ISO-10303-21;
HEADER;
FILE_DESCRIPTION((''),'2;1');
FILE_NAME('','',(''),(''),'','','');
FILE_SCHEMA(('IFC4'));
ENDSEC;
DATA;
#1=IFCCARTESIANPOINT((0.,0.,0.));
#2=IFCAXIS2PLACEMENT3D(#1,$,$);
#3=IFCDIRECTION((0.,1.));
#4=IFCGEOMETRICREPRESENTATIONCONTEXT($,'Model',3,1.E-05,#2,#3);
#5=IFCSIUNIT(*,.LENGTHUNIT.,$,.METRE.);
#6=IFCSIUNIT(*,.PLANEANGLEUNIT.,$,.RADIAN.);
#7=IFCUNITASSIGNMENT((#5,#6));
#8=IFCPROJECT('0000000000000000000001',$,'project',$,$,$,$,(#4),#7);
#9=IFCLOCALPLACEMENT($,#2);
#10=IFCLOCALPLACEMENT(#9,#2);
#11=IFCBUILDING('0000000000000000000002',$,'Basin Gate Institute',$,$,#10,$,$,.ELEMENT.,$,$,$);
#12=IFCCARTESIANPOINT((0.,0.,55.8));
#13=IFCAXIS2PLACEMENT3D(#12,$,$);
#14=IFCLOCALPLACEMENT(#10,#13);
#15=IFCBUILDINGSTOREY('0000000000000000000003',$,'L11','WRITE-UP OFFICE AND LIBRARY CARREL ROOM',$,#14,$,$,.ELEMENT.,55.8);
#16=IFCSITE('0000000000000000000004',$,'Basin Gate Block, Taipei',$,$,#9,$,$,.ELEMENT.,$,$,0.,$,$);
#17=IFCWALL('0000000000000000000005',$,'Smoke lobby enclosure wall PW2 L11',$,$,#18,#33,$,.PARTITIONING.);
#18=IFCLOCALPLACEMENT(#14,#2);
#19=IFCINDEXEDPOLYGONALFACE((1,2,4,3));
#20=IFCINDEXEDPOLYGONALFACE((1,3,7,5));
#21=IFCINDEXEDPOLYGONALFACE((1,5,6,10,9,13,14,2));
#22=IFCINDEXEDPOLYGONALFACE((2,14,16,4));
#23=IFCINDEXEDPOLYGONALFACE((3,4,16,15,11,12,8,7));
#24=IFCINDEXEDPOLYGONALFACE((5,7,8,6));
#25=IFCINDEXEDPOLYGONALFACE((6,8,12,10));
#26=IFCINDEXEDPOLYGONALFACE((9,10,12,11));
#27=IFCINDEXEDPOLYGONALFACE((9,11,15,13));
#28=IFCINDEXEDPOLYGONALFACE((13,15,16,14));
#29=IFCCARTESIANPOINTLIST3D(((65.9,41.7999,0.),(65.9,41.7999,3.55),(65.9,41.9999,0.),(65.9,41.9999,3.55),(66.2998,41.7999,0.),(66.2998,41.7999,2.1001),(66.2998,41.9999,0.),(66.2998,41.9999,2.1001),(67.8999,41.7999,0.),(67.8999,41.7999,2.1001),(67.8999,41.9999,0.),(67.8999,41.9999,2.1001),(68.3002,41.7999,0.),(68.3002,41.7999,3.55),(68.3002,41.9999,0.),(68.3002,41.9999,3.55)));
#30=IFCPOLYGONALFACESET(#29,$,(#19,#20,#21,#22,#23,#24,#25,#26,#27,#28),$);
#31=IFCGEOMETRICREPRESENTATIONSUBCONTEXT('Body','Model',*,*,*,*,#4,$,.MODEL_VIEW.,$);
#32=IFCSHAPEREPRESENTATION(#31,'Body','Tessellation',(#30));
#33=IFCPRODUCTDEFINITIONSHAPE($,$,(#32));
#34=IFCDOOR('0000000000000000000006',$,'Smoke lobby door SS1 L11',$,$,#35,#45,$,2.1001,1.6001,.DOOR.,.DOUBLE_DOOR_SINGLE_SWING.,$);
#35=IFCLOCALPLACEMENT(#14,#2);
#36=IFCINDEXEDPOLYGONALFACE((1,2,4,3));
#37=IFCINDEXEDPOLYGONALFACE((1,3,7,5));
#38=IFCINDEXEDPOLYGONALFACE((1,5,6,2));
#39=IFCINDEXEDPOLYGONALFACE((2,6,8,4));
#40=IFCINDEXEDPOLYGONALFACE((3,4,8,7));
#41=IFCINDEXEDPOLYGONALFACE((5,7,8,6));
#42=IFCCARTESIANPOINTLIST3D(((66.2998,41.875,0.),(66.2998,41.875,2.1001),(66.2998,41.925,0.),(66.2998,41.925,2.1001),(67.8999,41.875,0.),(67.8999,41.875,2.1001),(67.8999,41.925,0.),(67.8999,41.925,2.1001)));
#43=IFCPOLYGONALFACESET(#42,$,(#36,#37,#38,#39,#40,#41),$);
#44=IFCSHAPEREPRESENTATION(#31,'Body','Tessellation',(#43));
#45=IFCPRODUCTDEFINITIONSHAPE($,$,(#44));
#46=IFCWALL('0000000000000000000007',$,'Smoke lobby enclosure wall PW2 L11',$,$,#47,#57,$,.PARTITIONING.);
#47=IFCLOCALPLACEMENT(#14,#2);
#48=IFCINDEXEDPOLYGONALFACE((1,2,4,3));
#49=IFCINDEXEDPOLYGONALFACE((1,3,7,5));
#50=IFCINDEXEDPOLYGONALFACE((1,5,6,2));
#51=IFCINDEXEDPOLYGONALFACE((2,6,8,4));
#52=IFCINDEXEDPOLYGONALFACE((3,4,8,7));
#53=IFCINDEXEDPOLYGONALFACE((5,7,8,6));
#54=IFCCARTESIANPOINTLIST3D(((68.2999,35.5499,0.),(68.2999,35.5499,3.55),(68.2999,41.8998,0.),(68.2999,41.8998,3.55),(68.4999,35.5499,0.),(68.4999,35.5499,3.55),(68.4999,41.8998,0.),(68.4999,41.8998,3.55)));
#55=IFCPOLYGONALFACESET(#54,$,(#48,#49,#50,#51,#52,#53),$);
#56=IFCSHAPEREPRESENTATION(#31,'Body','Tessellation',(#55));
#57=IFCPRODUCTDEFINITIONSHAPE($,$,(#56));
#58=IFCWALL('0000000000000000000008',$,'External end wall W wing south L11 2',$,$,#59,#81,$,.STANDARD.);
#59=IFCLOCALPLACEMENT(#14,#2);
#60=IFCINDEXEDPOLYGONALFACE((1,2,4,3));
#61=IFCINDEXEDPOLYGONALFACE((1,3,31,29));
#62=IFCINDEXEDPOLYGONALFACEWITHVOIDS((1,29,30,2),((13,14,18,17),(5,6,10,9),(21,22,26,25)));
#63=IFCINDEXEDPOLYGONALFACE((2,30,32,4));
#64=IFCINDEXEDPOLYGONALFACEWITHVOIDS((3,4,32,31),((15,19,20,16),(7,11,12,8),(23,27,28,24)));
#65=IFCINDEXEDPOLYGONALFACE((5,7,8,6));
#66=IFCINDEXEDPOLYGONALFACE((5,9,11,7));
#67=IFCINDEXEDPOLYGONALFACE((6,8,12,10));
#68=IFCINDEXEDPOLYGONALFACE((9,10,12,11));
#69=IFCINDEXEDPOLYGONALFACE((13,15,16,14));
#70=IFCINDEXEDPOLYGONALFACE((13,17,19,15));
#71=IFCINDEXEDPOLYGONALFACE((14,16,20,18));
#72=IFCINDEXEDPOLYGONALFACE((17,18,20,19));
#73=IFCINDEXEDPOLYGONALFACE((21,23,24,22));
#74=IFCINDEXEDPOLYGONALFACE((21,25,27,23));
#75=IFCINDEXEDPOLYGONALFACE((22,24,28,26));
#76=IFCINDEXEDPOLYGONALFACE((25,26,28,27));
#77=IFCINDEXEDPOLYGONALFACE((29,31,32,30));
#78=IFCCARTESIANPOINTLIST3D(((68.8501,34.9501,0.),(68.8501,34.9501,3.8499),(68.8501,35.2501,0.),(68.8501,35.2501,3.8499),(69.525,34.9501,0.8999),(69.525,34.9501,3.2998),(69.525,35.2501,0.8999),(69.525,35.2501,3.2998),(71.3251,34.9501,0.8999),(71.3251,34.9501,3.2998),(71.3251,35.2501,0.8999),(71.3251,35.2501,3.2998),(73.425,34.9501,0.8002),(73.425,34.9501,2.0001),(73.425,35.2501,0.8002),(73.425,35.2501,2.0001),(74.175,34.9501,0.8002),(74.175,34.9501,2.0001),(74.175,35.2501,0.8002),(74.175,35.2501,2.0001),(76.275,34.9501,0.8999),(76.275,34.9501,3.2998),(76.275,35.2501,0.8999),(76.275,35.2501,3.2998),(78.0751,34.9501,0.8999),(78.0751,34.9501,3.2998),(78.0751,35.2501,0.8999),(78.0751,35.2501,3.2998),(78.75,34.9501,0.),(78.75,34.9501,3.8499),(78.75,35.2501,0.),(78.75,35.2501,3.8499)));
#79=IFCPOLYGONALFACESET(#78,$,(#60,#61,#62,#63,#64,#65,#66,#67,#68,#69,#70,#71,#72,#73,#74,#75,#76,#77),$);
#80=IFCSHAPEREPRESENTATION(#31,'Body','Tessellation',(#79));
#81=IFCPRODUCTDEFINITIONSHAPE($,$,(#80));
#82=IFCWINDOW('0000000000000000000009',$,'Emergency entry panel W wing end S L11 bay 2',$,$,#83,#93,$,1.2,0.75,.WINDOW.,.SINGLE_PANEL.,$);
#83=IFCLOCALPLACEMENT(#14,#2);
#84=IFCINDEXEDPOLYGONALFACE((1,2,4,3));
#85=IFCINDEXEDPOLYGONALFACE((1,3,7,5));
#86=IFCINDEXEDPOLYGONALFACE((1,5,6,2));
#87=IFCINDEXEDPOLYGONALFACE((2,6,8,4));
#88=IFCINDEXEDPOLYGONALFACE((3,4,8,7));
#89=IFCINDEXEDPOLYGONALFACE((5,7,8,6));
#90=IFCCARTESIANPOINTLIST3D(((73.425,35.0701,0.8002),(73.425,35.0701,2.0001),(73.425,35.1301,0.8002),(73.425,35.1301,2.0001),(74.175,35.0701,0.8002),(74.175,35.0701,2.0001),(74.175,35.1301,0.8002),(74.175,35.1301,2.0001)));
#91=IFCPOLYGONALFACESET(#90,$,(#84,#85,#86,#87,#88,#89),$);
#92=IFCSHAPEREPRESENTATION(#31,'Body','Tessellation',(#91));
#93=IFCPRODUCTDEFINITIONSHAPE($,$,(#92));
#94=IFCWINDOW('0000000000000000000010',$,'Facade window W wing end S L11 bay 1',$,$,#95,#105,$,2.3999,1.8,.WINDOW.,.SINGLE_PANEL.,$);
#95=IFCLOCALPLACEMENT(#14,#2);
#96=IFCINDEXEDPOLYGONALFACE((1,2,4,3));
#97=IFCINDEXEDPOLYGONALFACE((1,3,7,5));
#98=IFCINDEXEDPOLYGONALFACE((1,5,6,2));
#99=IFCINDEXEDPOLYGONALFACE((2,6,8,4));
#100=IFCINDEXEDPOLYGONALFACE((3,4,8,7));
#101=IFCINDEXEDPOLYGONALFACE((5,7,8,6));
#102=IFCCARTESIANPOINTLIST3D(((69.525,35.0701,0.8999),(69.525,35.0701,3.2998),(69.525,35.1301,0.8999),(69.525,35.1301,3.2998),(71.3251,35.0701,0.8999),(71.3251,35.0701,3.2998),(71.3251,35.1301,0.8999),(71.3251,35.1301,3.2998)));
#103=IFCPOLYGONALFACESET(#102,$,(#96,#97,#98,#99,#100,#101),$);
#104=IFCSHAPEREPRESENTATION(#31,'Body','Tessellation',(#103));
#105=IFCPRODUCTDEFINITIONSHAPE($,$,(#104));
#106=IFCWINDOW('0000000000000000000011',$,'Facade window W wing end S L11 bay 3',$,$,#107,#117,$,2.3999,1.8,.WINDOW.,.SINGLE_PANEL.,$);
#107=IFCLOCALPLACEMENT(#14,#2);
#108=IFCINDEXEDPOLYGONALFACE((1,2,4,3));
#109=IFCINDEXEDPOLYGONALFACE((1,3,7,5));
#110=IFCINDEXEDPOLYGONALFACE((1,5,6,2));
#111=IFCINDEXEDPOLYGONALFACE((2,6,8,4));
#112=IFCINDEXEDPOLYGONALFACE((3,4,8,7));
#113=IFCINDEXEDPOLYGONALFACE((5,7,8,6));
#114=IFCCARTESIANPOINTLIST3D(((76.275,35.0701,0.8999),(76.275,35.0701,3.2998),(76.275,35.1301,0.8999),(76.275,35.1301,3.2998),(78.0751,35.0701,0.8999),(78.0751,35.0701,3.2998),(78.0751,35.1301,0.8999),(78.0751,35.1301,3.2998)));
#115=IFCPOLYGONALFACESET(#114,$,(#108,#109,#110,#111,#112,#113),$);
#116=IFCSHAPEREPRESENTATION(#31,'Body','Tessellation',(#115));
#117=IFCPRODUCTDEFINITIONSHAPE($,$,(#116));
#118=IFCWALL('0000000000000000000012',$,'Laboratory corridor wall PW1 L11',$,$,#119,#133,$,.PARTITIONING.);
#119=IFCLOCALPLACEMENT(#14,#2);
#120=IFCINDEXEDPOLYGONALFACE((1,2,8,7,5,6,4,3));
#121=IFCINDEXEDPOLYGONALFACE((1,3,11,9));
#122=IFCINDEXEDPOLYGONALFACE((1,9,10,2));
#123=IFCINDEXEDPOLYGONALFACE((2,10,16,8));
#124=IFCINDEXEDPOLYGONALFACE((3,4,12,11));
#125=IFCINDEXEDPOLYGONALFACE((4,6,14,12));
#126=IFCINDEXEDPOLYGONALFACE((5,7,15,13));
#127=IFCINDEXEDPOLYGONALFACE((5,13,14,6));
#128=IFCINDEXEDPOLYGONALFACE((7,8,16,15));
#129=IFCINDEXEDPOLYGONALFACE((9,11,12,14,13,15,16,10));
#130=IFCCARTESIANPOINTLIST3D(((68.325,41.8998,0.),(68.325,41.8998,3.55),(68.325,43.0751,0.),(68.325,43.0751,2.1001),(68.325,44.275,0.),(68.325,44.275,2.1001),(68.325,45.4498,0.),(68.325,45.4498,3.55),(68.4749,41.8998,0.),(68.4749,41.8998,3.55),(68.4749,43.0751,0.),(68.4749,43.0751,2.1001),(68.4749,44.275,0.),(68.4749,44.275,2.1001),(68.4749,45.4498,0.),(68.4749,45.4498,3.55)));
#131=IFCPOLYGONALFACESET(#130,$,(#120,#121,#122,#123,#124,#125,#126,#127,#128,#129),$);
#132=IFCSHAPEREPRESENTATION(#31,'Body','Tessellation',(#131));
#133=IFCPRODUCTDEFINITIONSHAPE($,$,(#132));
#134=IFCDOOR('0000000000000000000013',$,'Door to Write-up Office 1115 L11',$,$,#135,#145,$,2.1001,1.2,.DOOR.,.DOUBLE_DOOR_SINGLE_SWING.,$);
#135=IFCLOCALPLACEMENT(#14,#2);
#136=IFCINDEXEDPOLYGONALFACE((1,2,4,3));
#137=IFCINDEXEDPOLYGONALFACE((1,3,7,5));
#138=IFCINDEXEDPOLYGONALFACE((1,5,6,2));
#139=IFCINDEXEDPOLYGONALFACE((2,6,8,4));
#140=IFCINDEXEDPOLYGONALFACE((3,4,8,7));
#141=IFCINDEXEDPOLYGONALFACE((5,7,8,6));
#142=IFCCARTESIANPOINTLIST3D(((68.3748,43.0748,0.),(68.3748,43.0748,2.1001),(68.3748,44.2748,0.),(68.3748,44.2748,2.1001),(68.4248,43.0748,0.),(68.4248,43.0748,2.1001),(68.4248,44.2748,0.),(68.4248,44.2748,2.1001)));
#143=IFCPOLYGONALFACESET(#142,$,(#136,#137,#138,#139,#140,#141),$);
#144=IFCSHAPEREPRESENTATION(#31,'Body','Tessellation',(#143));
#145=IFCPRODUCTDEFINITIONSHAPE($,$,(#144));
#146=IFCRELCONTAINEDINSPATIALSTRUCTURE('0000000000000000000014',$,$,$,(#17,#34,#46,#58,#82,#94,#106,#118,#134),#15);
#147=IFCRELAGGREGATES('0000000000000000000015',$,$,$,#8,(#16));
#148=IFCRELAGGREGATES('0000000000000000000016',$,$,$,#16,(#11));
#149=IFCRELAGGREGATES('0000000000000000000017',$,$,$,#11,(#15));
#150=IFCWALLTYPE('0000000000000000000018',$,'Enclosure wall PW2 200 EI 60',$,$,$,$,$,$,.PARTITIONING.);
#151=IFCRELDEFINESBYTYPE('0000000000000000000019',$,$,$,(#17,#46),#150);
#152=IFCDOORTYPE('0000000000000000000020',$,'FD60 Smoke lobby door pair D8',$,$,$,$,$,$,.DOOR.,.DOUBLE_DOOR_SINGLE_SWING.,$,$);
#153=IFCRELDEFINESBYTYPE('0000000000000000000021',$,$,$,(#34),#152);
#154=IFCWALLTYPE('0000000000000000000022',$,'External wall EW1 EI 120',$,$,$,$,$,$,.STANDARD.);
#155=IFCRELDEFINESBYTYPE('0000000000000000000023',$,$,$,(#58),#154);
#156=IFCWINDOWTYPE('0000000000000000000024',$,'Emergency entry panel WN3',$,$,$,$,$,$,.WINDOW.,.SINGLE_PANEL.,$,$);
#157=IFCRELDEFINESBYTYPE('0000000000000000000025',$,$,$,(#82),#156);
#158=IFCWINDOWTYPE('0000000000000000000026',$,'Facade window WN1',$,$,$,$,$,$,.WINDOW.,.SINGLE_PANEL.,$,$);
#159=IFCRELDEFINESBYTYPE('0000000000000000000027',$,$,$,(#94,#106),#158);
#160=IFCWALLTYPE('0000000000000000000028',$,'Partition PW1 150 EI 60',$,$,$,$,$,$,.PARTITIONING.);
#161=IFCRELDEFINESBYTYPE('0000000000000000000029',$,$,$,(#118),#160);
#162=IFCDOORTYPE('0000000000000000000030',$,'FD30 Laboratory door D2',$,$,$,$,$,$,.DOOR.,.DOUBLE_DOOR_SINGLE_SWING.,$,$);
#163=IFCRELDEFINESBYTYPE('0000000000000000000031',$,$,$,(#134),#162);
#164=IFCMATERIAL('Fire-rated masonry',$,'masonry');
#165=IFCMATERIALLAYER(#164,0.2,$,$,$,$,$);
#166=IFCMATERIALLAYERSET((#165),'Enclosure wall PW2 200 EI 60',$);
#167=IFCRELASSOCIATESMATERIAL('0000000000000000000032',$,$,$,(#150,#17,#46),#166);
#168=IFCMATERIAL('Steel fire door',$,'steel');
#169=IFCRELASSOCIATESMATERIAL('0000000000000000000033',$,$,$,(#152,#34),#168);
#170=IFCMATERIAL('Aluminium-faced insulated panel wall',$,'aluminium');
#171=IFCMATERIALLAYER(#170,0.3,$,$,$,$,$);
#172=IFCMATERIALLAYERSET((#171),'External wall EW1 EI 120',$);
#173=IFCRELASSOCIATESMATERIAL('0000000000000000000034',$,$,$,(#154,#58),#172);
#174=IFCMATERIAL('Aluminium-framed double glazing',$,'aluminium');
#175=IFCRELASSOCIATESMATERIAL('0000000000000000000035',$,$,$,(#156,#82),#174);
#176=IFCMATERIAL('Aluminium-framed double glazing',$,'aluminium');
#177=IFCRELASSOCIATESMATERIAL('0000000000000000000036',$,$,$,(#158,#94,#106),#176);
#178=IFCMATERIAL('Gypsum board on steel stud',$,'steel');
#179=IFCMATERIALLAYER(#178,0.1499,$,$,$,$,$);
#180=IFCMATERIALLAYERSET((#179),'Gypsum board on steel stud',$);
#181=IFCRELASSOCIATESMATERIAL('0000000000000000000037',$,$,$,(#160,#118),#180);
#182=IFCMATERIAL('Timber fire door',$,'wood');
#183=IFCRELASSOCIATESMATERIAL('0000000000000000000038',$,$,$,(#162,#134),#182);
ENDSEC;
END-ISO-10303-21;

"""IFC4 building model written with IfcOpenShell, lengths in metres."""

from ifc_helpers import new_model, si_unit, direction, frame, frame_2d, origin, place, context, subcontext, project, spatial, rectangle, extrude, material, layer, layer_set, type_object, element, fill, save


model = new_model("IFC4")

# Units and contexts
model_context = context("Model", 3, precision=1e-05, world=origin(), true_north=direction((0.0, 1.0)))
body_context = subcontext(model_context, "Body", "Model", "MODEL_VIEW")
ifc_project = project(units=[si_unit("LENGTHUNIT", "METRE"), si_unit("PLANEANGLEUNIT", "RADIAN")], contexts=[model_context])

# Site, building, storey
site_placement = place(None, origin())
site = spatial("IfcSite", under=ifc_project, at=site_placement, Name="Basin Gate Block, Taipei", CompositionType="ELEMENT", RefElevation=0.0)
building_placement = place(site_placement, origin())
building = spatial("IfcBuilding", under=site, at=building_placement, Name="Basin Gate Institute", CompositionType="ELEMENT")
storey_placement = place(building_placement, frame((0.0, 0.0, 55.8)))
storey = spatial("IfcBuildingStorey", under=building, at=storey_placement, Name="L11", Description="WRITE-UP OFFICE AND LIBRARY CARREL ROOM", CompositionType="ELEMENT", Elevation=55.8)

# Wall, opening, door
ifc_material_1 = material(Name="Fire-rated masonry", Category="masonry")
ifc_layer_1 = layer(ifc_material_1, 0.2)
ifc_layer_set_1 = layer_set([ifc_layer_1], Name="Enclosure wall PW2 200 EI 60")
wall_type_1 = type_object("IfcWallType", Name="Enclosure wall PW2 200 EI 60", PredefinedType="PARTITIONING", material=ifc_layer_set_1)
wall_1_placement = place(storey_placement, frame((65.8999, 41.8999, 0.0), z_axis=(0.0, 0.0, 1.0), x_axis=(1.0, 0.0, 0.0)))
wall_1 = element("IfcWall", 1, at=wall_1_placement, inside=storey, type_object=wall_type_1, material=ifc_layer_set_1, Name="Smoke lobby enclosure wall PW2 L11", PredefinedType="PARTITIONING", context=body_context, shape_type="SweptSolid", body=[
    extrude(rectangle(XDim=2.4001, YDim=0.2, at=frame_2d((1.2002, 0.0))), origin(), (0.0, 0.0, 1.0), 3.55),
])
opening_1_placement = place(wall_1_placement, frame((0.3999, 0.0, 0.0)))
opening_1 = element("IfcOpeningElement", 2, at=opening_1_placement, cuts=wall_1, PredefinedType="OPENING", context=body_context, shape_type="SweptSolid", body=[
    extrude(rectangle(XDim=1.6001, YDim=2.1001, at=frame_2d((0.8, 1.05))), frame((0.0, 0.1099, 0.0), z_axis=(0.0, -1.0, 0.0), x_axis=(1.0, 0.0, 0.0)), (0.0, 0.0, 1.0), 0.22),
])
ifc_material_2 = material(Name="Steel fire door", Category="steel")
door_type_1 = type_object("IfcDoorType", Name="FD60 Smoke lobby door pair D8", OperationType="DOUBLE_DOOR_SINGLE_SWING", PredefinedType="DOOR", material=ifc_material_2)
door_1_placement = place(opening_1_placement, frame((1.6001, 0.0, 0.0), z_axis=(0.0, 0.0, 1.0), x_axis=(-1.0, 0.0, 0.0)))
door_1 = element("IfcDoor", 3, at=door_1_placement, inside=storey, type_object=door_type_1, material=ifc_material_2, Name="Smoke lobby door SS1 L11", OperationType="DOUBLE_DOOR_SINGLE_SWING", OverallHeight=2.1001, OverallWidth=1.6001, PredefinedType="DOOR", context=body_context, shape_type="SweptSolid", body=[
    extrude(rectangle(XDim=1.6001, YDim=2.1001, at=frame_2d((0.8, 1.05))), frame((0.0, 0.0249, 0.0), z_axis=(0.0, -1.0, 0.0), x_axis=(1.0, 0.0, 0.0)), (0.0, 0.0, 1.0), 0.05),
])
fill(opening_1, door_1)

# Wall
wall_2_placement = place(storey_placement, frame((68.3999, 35.55, 0.0), z_axis=(0.0, 0.0, 1.0), x_axis=(0.0, 1.0, 0.0)))
element("IfcWall", 4, at=wall_2_placement, inside=storey, type_object=wall_type_1, material=ifc_layer_set_1, Name="Smoke lobby enclosure wall PW2 L11", PredefinedType="PARTITIONING", context=body_context, shape_type="SweptSolid", body=[
    extrude(rectangle(XDim=6.3499, YDim=0.2, at=frame_2d((3.1748, 0.0))), origin(), (0.0, 0.0, 1.0), 3.55),
])

# Wall, openings, windows
ifc_material_3 = material(Name="Aluminium-faced insulated panel wall", Category="aluminium")
ifc_layer_2 = layer(ifc_material_3, 0.3)
ifc_layer_set_2 = layer_set([ifc_layer_2], Name="External wall EW1 EI 120")
wall_type_2 = type_object("IfcWallType", Name="External wall EW1 EI 120", PredefinedType="STANDARD", material=ifc_layer_set_2)
wall_3_placement = place(storey_placement, frame((68.8501, 35.1001, 0.0), z_axis=(0.0, 0.0, 1.0), x_axis=(1.0, 0.0, 0.0)))
wall_3 = element("IfcWall", 5, at=wall_3_placement, inside=storey, type_object=wall_type_2, material=ifc_layer_set_2, Name="External end wall W wing south L11 2", PredefinedType="STANDARD", context=body_context, shape_type="SweptSolid", body=[
    extrude(rectangle(XDim=9.8999, YDim=0.3, at=frame_2d((4.95, 0.0))), origin(), (0.0, 0.0, 1.0), 3.8499),
])
opening_2_placement = place(wall_3_placement, frame((0.675, 0.0, 0.8999)))
opening_2 = element("IfcOpeningElement", 6, at=opening_2_placement, cuts=wall_3, PredefinedType="OPENING", context=body_context, shape_type="SweptSolid", body=[
    extrude(rectangle(XDim=1.8, YDim=2.3999, at=frame_2d((0.8999, 1.2))), frame((0.0, 0.1602, 0.0), z_axis=(0.0, -1.0, 0.0), x_axis=(1.0, 0.0, 0.0)), (0.0, 0.0, 1.0), 0.3201),
])
opening_3_placement = place(wall_3_placement, frame((4.575, 0.0, 0.8)))
opening_3 = element("IfcOpeningElement", 7, at=opening_3_placement, cuts=wall_3, PredefinedType="OPENING", context=body_context, shape_type="SweptSolid", body=[
    extrude(rectangle(XDim=0.75, YDim=1.2, at=frame_2d((0.375, 0.6001))), frame((0.0, 0.1602, 0.0), z_axis=(0.0, -1.0, 0.0), x_axis=(1.0, 0.0, 0.0)), (0.0, 0.0, 1.0), 0.3201),
])
opening_4_placement = place(wall_3_placement, frame((7.425, 0.0, 0.8999)))
opening_4 = element("IfcOpeningElement", 8, at=opening_4_placement, cuts=wall_3, PredefinedType="OPENING", context=body_context, shape_type="SweptSolid", body=[
    extrude(rectangle(XDim=1.8, YDim=2.3999, at=frame_2d((0.8999, 1.2))), frame((0.0, 0.1602, 0.0), z_axis=(0.0, -1.0, 0.0), x_axis=(1.0, 0.0, 0.0)), (0.0, 0.0, 1.0), 0.3201),
])
ifc_material_4 = material(Name="Aluminium-framed double glazing", Category="aluminium")
window_type_1 = type_object("IfcWindowType", Name="Emergency entry panel WN3", PartitioningType="SINGLE_PANEL", PredefinedType="WINDOW", material=ifc_material_4)
window_1_placement = place(opening_3_placement, origin())
window_1 = element("IfcWindow", 9, at=window_1_placement, inside=storey, type_object=window_type_1, material=ifc_material_4, Name="Emergency entry panel W wing end S L11 bay 2", OverallHeight=1.2, OverallWidth=0.75, PartitioningType="SINGLE_PANEL", PredefinedType="WINDOW", context=body_context, shape_type="SweptSolid", body=[
    extrude(rectangle(XDim=0.75, YDim=1.2, at=frame_2d((0.375, 0.6001))), frame((0.0, 0.03, 0.0), z_axis=(0.0, -1.0, 0.0), x_axis=(1.0, 0.0, 0.0)), (0.0, 0.0, 1.0), 0.0601),
])
fill(opening_3, window_1)
ifc_material_5 = material(Name="Aluminium-framed double glazing", Category="aluminium")
window_type_2 = type_object("IfcWindowType", Name="Facade window WN1", PartitioningType="SINGLE_PANEL", PredefinedType="WINDOW", material=ifc_material_5)
window_2_placement = place(opening_2_placement, origin())
window_2 = element("IfcWindow", 10, at=window_2_placement, inside=storey, type_object=window_type_2, material=ifc_material_5, Name="Facade window W wing end S L11 bay 1", OverallHeight=2.3999, OverallWidth=1.8, PartitioningType="SINGLE_PANEL", PredefinedType="WINDOW", context=body_context, shape_type="SweptSolid", body=[
    extrude(rectangle(XDim=1.8, YDim=2.3999, at=frame_2d((0.8999, 1.2))), frame((0.0, 0.03, 0.0), z_axis=(0.0, -1.0, 0.0), x_axis=(1.0, 0.0, 0.0)), (0.0, 0.0, 1.0), 0.0601),
])
fill(opening_2, window_2)
window_3_placement = place(opening_4_placement, origin())
window_3 = element("IfcWindow", 11, at=window_3_placement, inside=storey, type_object=window_type_2, material=ifc_material_5, Name="Facade window W wing end S L11 bay 3", OverallHeight=2.3999, OverallWidth=1.8, PartitioningType="SINGLE_PANEL", PredefinedType="WINDOW", context=body_context, shape_type="SweptSolid", body=[
    extrude(rectangle(XDim=1.8, YDim=2.3999, at=frame_2d((0.8999, 1.2))), frame((0.0, 0.03, 0.0), z_axis=(0.0, -1.0, 0.0), x_axis=(1.0, 0.0, 0.0)), (0.0, 0.0, 1.0), 0.0601),
])
fill(opening_4, window_3)

# Wall, opening, door
ifc_material_6 = material(Name="Gypsum board on steel stud", Category="steel")
ifc_layer_3 = layer(ifc_material_6, 0.1499)
ifc_layer_set_3 = layer_set([ifc_layer_3], Name="Gypsum board on steel stud")
wall_type_3 = type_object("IfcWallType", Name="Partition PW1 150 EI 60", PredefinedType="PARTITIONING", material=ifc_layer_set_3)
wall_4_placement = place(storey_placement, frame((68.3999, 41.8999, 0.0), z_axis=(0.0, 0.0, 1.0), x_axis=(0.0, 1.0, 0.0)))
wall_4 = element("IfcWall", 12, at=wall_4_placement, inside=storey, type_object=wall_type_3, material=ifc_layer_set_3, Name="Laboratory corridor wall PW1 L11", PredefinedType="PARTITIONING", context=body_context, shape_type="SweptSolid", body=[
    extrude(rectangle(XDim=3.55, YDim=0.1499, at=frame_2d((1.7749, 0.0))), origin(), (0.0, 0.0, 1.0), 3.55),
])
opening_5_placement = place(wall_4_placement, frame((1.175, 0.0, 0.0)))
opening_5 = element("IfcOpeningElement", 13, at=opening_5_placement, cuts=wall_4, PredefinedType="OPENING", context=body_context, shape_type="SweptSolid", body=[
    extrude(rectangle(XDim=1.2, YDim=2.1001, at=frame_2d((0.6001, 1.05))), frame((0.0, 0.085, 0.0), z_axis=(0.0, -1.0, 0.0), x_axis=(1.0, 0.0, 0.0)), (0.0, 0.0, 1.0), 0.1699),
])
ifc_material_7 = material(Name="Timber fire door", Category="wood")
door_type_2 = type_object("IfcDoorType", Name="FD30 Laboratory door D2", OperationType="DOUBLE_DOOR_SINGLE_SWING", PredefinedType="DOOR", material=ifc_material_7)
door_2_placement = place(opening_5_placement, frame((1.2, 0.0, 0.0), z_axis=(0.0, 0.0, 1.0), x_axis=(-1.0, 0.0, 0.0)))
door_2 = element("IfcDoor", 14, at=door_2_placement, inside=storey, type_object=door_type_2, material=ifc_material_7, Name="Door to Write-up Office 1115 L11", OperationType="DOUBLE_DOOR_SINGLE_SWING", OverallHeight=2.1001, OverallWidth=1.2, PredefinedType="DOOR", context=body_context, shape_type="SweptSolid", body=[
    extrude(rectangle(XDim=1.2, YDim=2.1001, at=frame_2d((0.6001, 1.05))), frame((0.0, 0.0249, 0.0), z_axis=(0.0, -1.0, 0.0), x_axis=(1.0, 0.0, 0.0)), (0.0, 0.0, 1.0), 0.05),
])
fill(opening_5, door_2)

save(model, "model.ifc")
